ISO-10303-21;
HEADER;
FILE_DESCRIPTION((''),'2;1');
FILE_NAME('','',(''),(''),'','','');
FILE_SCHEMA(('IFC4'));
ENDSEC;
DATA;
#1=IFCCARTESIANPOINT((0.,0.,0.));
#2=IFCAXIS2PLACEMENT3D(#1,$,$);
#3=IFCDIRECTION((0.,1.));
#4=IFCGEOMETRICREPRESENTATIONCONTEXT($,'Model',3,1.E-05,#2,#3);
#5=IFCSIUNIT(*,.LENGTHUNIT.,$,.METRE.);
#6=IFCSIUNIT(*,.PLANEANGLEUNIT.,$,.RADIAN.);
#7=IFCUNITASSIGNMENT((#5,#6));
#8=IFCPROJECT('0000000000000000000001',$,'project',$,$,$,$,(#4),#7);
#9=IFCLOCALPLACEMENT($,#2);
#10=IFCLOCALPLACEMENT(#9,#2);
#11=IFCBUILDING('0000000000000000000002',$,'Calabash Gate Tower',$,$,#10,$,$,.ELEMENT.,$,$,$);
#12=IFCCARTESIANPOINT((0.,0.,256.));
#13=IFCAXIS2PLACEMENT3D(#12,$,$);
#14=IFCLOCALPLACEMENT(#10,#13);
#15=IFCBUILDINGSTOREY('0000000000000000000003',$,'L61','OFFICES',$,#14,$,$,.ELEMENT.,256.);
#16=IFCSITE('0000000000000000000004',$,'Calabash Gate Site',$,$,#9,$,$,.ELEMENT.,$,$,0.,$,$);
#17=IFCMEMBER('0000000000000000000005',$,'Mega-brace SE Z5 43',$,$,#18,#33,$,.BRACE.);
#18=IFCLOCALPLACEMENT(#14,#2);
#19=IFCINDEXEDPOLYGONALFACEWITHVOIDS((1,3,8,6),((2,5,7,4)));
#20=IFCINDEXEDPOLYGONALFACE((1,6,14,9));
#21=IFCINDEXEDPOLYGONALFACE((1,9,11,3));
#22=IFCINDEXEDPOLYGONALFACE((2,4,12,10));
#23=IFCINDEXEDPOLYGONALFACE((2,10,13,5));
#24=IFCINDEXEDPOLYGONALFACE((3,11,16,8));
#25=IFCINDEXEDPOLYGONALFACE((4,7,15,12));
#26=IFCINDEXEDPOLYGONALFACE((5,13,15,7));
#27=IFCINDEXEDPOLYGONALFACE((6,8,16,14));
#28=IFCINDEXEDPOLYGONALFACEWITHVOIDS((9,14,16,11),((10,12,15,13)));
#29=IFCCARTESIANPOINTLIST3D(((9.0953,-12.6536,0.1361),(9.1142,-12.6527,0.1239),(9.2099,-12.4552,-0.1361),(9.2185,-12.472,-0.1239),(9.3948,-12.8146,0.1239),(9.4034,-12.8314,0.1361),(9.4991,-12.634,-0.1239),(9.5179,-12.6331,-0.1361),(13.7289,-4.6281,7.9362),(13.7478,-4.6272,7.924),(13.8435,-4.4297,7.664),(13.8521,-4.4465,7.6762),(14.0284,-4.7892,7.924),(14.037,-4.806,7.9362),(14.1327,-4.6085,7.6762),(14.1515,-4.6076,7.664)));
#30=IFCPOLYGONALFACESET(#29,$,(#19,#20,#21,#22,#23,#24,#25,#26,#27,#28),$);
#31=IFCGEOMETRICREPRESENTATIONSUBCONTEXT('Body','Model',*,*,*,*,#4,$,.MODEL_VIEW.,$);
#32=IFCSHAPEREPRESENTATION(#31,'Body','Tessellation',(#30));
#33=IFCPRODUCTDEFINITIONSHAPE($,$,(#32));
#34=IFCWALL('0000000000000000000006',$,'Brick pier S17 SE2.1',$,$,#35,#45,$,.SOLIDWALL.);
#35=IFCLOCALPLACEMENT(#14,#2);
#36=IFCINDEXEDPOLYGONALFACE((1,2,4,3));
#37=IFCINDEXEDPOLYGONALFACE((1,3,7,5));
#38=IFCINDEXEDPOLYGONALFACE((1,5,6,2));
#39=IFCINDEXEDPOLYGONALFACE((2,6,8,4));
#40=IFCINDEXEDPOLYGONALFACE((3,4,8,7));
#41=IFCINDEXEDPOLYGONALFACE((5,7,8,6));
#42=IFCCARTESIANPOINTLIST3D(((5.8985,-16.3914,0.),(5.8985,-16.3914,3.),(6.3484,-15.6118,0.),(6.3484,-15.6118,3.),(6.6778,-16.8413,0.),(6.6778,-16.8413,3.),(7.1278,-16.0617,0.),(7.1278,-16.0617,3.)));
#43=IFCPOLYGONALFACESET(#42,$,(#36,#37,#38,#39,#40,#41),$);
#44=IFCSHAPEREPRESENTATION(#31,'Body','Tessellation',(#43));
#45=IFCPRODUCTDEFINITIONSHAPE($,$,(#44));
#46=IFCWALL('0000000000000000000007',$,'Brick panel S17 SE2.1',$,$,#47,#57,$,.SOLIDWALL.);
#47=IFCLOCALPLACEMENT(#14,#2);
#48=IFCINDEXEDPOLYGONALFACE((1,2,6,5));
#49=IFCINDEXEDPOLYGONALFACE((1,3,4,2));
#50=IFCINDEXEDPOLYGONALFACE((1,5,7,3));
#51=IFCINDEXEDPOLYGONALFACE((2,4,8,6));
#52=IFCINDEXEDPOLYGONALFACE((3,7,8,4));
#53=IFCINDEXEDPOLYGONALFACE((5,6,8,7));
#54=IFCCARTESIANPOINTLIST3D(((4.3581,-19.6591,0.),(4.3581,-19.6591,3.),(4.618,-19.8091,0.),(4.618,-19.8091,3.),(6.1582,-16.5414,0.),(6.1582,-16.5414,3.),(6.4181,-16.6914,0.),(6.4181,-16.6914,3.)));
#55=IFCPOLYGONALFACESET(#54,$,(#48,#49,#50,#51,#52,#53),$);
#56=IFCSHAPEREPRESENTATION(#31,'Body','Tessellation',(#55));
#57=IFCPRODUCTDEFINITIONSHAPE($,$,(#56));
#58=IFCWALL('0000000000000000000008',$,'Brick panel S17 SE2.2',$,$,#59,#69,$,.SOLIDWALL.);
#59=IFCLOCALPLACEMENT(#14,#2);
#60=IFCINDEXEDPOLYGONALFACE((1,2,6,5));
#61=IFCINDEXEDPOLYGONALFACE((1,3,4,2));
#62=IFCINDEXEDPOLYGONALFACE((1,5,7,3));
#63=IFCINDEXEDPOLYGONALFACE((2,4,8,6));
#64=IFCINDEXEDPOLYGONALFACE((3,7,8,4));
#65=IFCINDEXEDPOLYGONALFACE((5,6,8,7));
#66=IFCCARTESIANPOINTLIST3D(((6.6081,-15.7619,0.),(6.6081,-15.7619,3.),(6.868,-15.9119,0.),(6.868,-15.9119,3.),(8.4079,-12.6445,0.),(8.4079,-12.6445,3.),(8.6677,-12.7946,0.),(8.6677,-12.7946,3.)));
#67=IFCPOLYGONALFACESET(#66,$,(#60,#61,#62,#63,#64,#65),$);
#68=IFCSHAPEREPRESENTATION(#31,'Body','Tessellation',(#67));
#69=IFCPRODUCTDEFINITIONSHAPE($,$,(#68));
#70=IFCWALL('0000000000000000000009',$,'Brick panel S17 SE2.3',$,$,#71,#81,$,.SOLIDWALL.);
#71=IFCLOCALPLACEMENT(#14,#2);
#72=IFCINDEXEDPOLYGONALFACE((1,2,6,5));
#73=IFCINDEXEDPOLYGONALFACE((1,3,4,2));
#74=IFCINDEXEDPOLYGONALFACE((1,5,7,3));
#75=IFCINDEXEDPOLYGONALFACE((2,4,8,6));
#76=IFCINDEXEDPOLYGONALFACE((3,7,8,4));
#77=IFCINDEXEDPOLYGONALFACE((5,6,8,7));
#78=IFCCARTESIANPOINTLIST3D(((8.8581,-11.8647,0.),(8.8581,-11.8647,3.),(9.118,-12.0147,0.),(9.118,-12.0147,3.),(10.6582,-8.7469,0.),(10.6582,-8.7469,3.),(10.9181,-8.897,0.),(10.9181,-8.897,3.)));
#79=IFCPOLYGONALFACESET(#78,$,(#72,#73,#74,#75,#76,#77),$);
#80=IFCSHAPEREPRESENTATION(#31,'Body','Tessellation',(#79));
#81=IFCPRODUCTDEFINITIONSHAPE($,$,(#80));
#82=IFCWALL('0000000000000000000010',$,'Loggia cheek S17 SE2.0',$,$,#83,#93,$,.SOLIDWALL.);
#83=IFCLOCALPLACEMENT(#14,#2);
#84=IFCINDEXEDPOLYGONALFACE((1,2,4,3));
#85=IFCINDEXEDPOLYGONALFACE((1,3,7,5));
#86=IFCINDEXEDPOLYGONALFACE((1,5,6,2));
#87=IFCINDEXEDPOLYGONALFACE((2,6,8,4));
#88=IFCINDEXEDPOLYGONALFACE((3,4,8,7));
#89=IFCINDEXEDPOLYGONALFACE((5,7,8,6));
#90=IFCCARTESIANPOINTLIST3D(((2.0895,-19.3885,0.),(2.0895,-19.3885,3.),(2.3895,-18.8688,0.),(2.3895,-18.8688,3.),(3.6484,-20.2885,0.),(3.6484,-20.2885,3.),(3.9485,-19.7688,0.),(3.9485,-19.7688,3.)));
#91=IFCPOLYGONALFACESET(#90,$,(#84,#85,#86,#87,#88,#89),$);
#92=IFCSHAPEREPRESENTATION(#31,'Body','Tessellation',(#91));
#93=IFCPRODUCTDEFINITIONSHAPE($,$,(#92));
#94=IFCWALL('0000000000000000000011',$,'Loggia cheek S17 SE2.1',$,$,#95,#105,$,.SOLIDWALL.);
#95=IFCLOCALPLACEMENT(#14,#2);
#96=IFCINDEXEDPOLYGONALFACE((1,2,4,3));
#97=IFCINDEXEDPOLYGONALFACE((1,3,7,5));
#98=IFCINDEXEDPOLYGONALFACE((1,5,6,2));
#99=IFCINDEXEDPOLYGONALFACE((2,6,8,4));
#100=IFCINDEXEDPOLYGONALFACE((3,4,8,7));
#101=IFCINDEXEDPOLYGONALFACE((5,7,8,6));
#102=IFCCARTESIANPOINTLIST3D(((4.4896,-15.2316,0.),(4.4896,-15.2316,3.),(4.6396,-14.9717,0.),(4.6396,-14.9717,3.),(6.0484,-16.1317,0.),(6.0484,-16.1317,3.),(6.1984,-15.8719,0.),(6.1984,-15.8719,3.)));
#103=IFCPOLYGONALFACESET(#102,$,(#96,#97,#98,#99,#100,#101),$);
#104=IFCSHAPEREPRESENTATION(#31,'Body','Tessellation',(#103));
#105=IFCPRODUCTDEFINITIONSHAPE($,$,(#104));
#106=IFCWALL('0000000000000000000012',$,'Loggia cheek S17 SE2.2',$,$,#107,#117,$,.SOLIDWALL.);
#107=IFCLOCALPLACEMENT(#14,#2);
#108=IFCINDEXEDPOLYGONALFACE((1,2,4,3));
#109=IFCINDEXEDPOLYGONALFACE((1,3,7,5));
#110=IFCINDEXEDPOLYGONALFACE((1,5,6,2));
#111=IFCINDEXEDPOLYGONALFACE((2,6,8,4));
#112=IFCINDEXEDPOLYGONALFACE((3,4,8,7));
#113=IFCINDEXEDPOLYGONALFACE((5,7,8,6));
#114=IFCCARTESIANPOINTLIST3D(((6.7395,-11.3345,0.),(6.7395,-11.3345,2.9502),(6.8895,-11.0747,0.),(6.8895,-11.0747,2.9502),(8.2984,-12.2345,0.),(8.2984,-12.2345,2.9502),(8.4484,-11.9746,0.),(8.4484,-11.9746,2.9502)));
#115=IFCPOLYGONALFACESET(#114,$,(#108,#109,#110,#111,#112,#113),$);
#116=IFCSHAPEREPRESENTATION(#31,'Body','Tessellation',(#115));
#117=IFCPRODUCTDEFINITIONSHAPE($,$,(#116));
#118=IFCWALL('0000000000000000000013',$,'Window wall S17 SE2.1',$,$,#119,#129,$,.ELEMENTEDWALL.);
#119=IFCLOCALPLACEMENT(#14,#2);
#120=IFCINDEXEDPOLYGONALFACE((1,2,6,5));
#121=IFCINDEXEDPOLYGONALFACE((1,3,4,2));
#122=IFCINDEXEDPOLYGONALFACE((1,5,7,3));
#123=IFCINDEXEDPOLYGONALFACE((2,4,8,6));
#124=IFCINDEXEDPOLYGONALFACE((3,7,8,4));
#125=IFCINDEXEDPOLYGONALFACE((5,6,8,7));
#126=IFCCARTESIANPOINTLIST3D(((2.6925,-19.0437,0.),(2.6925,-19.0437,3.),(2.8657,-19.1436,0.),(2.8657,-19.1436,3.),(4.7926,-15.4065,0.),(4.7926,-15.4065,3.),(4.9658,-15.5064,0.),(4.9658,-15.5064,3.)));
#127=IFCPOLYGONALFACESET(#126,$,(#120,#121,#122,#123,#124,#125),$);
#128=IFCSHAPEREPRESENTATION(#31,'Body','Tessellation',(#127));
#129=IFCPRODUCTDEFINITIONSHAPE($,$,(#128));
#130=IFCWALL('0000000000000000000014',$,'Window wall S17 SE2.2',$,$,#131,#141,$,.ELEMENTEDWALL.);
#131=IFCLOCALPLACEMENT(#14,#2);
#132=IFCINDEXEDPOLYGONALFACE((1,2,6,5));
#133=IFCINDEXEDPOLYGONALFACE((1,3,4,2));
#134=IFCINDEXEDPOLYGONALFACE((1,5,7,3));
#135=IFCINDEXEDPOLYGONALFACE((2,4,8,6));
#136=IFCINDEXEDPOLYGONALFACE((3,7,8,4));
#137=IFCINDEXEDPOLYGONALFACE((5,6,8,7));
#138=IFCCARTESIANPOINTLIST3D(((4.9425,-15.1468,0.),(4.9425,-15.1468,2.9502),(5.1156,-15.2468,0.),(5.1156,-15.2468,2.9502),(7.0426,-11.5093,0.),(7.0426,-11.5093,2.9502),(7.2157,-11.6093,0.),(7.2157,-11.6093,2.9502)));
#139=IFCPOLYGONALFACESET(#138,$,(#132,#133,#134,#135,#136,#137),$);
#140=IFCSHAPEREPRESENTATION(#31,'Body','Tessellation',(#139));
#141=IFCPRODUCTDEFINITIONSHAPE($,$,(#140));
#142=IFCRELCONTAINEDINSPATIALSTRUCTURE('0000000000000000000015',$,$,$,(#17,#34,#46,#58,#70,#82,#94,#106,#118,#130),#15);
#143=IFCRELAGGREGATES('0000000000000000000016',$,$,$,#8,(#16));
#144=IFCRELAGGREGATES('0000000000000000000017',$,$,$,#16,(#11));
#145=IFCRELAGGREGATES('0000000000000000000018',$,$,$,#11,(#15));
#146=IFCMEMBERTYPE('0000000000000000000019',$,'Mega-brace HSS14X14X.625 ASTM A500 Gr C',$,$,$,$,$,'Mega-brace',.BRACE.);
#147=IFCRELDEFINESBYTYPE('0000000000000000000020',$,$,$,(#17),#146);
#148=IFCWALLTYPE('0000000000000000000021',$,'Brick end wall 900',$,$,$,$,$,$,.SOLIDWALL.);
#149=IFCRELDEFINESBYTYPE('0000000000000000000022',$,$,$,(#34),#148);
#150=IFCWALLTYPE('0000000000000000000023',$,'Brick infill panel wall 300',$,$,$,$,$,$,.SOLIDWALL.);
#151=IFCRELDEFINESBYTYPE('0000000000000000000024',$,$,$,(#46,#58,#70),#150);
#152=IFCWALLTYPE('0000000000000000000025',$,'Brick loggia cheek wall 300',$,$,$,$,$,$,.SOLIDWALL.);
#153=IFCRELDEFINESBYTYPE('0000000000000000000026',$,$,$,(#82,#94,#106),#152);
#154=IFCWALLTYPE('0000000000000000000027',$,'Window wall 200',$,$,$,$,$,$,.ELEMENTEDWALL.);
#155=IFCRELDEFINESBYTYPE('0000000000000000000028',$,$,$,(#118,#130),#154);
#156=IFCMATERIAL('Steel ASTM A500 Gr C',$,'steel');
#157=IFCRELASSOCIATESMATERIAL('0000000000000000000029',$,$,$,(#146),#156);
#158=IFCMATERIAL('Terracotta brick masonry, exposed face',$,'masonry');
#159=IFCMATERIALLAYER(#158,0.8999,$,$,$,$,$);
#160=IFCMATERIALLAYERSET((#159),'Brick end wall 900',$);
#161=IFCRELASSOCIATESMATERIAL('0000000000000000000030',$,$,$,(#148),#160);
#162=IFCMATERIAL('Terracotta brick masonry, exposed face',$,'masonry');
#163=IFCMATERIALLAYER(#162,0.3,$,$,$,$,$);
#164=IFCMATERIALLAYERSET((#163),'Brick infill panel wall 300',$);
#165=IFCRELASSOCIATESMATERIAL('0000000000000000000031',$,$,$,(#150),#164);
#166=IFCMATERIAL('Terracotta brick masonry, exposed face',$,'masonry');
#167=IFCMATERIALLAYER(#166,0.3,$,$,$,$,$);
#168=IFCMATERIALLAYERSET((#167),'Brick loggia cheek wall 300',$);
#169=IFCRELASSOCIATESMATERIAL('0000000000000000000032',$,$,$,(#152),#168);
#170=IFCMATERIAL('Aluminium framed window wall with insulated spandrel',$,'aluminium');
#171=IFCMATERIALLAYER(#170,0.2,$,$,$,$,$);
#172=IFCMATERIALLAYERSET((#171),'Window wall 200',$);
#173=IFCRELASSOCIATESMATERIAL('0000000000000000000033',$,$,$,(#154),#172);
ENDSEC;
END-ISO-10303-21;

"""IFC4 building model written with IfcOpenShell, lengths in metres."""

from ifc_helpers import new_model, si_unit, direction, frame, frame_2d, origin, origin_2d, place, context, subcontext, project, spatial, rectangle, hollow_rectangle, extrude, material, layer, layer_set, material_profile, profile_set, type_object, element, save


model = new_model("IFC4")

# Units and contexts
model_context = context("Model", 3, precision=1e-05, world=origin(), true_north=direction((0.0, 1.0)))
body_context = subcontext(model_context, "Body", "Model", "MODEL_VIEW")
ifc_project = project(units=[si_unit("LENGTHUNIT", "METRE"), si_unit("PLANEANGLEUNIT", "RADIAN")], contexts=[model_context])

# Site, building, storey
site_placement = place(None, origin())
site = spatial("IfcSite", under=ifc_project, at=site_placement, Name="Calabash Gate Site", CompositionType="ELEMENT", RefElevation=0.0)
building_placement = place(site_placement, origin())
building = spatial("IfcBuilding", under=site, at=building_placement, Name="Calabash Gate Tower", CompositionType="ELEMENT")
storey_placement = place(building_placement, frame((0.0, 0.0, 256.0)))
storey = spatial("IfcBuildingStorey", under=building, at=storey_placement, Name="L61", Description="OFFICES", CompositionType="ELEMENT", Elevation=256.0)

# Member
ifc_material_1 = material(Name="Steel ASTM A500 Gr C", Category="steel")
ifc_material_profile_1 = material_profile(ifc_material_1, hollow_rectangle(XDim=0.3557, YDim=0.3557, WallThickness=0.0159, at=origin_2d()))
ifc_profile_set_1 = profile_set([ifc_material_profile_1], Name="Steel ASTM A500 Gr C")
member_type = type_object("IfcMemberType", Name="Mega-brace HSS14X14X.625 ASTM A500 Gr C", ElementType="Mega-brace", PredefinedType="BRACE", material=ifc_profile_set_1)
member_placement = place(storey_placement, frame((9.3066, -12.6433, 0.0), z_axis=(0.382536, 0.66256, 0.643956), x_axis=(-0.866022, 0.500007, 0.0)))
element("IfcMember", 1, at=member_placement, inside=storey, type_object=member_type, Name="Mega-brace SE Z5 43", PredefinedType="BRACE", context=body_context, shape_type="SweptSolid", body=[
    extrude(hollow_rectangle(XDim=0.3557, YDim=0.3557, WallThickness=0.0159, at=origin_2d()), origin(), (0.0, 0.0, 1.0), 12.1128),
])

# Walls
ifc_material_2 = material(Name="Terracotta brick masonry, exposed face", Category="masonry")
ifc_layer_1 = layer(ifc_material_2, 0.8999)
ifc_layer_set_1 = layer_set([ifc_layer_1], Name="Brick end wall 900")
wall_type_1 = type_object("IfcWallType", Name="Brick end wall 900", PredefinedType="SOLIDWALL", material=ifc_layer_set_1)
wall_1_placement = place(storey_placement, frame((6.2881, -16.6165, 0.0), z_axis=(0.0, 0.0, 1.0), x_axis=(0.499902, 0.866082, 0.0)))
element("IfcWall", 2, at=wall_1_placement, inside=storey, type_object=wall_type_1, Name="Brick pier S17 SE2.1", PredefinedType="SOLIDWALL", context=body_context, shape_type="SweptSolid", body=[
    extrude(rectangle(XDim=0.9001, YDim=0.8999, at=frame_2d((0.4502, 0.0))), origin(), (0.0, 0.0, 1.0), 3.0),
])
ifc_material_3 = material(Name="Terracotta brick masonry, exposed face", Category="masonry")
ifc_layer_2 = layer(ifc_material_3, 0.3)
ifc_layer_set_2 = layer_set([ifc_layer_2], Name="Brick infill panel wall 300")
wall_type_2 = type_object("IfcWallType", Name="Brick infill panel wall 300", PredefinedType="SOLIDWALL", material=ifc_layer_set_2)
wall_2_placement = place(storey_placement, frame((4.488, -19.7341, 0.0), z_axis=(0.0, 0.0, 1.0), x_axis=(0.500012, 0.866018, 0.0)))
element("IfcWall", 3, at=wall_2_placement, inside=storey, type_object=wall_type_2, Name="Brick panel S17 SE2.1", PredefinedType="SOLIDWALL", context=body_context, shape_type="SweptSolid", body=[
    extrude(rectangle(XDim=3.6001, YDim=0.3, at=frame_2d((1.8, 0.0))), origin(), (0.0, 0.0, 1.0), 3.0),
])
wall_3_placement = place(storey_placement, frame((6.738, -15.8369, 0.0), z_axis=(0.0, 0.0, 1.0), x_axis=(0.499991, 0.866031, 0.0)))
element("IfcWall", 4, at=wall_3_placement, inside=storey, type_object=wall_type_2, Name="Brick panel S17 SE2.2", PredefinedType="SOLIDWALL", context=body_context, shape_type="SweptSolid", body=[
    extrude(rectangle(XDim=3.5996, YDim=0.3, at=frame_2d((1.7998, 0.0))), origin(), (0.0, 0.0, 1.0), 3.0),
])
wall_4_placement = place(storey_placement, frame((8.988, -11.9397, 0.0), z_axis=(0.0, 0.0, 1.0), x_axis=(0.500012, 0.866018, 0.0)))
element("IfcWall", 5, at=wall_4_placement, inside=storey, type_object=wall_type_2, Name="Brick panel S17 SE2.3", PredefinedType="SOLIDWALL", context=body_context, shape_type="SweptSolid", body=[
    extrude(rectangle(XDim=3.6001, YDim=0.3, at=frame_2d((1.8, 0.0))), origin(), (0.0, 0.0, 1.0), 3.0),
])
ifc_material_4 = material(Name="Terracotta brick masonry, exposed face", Category="masonry")
ifc_layer_3 = layer(ifc_material_4, 0.3)
ifc_layer_set_3 = layer_set([ifc_layer_3], Name="Brick loggia cheek wall 300")
wall_type_3 = type_object("IfcWallType", Name="Brick loggia cheek wall 300", PredefinedType="SOLIDWALL", material=ifc_layer_set_3)
wall_5_placement = place(storey_placement, frame((3.7983, -20.0286, 0.0), z_axis=(0.0, 0.0, 1.0), x_axis=(-0.866048, 0.499961, 0.0)))
element("IfcWall", 6, at=wall_5_placement, inside=storey, type_object=wall_type_3, Name="Loggia cheek S17 SE2.0", PredefinedType="SOLIDWALL", context=body_context, shape_type="SweptSolid", body=[
    extrude(rectangle(XDim=1.8, YDim=0.6001, at=frame_2d((0.8999, 0.0))), origin(), (0.0, 0.0, 1.0), 3.0),
])
wall_6_placement = place(storey_placement, frame((6.1233, -16.0017, 0.0), z_axis=(0.0, 0.0, 1.0), x_axis=(-0.865989, 0.500063, 0.0)))
element("IfcWall", 7, at=wall_6_placement, inside=storey, type_object=wall_type_3, Name="Loggia cheek S17 SE2.1", PredefinedType="SOLIDWALL", context=body_context, shape_type="SweptSolid", body=[
    extrude(rectangle(XDim=1.8, YDim=0.3, at=frame_2d((0.8999, 0.0))), origin(), (0.0, 0.0, 1.0), 3.0),
])
wall_7_placement = place(storey_placement, frame((8.3733, -12.1045, 0.0), z_axis=(0.0, 0.0, 1.0), x_axis=(-0.866048, 0.499961, 0.0)))
element("IfcWall", 8, at=wall_7_placement, inside=storey, type_object=wall_type_3, Name="Loggia cheek S17 SE2.2", PredefinedType="SOLIDWALL", context=body_context, shape_type="SweptSolid", body=[
    extrude(rectangle(XDim=1.8, YDim=0.3, at=frame_2d((0.8999, 0.0))), origin(), (0.0, 0.0, 1.0), 2.9502),
])
ifc_material_5 = material(Name="Aluminium framed window wall with insulated spandrel", Category="aluminium")
ifc_layer_4 = layer(ifc_material_5, 0.2)
ifc_layer_set_4 = layer_set([ifc_layer_4], Name="Window wall 200")
wall_type_4 = type_object("IfcWallType", Name="Window wall 200", PredefinedType="ELEMENTEDWALL", material=ifc_layer_set_4)
wall_8_placement = place(storey_placement, frame((2.7791, -19.0938, 0.0), z_axis=(0.0, 0.0, 1.0), x_axis=(0.500028, 0.866009, 0.0)))
element("IfcWall", 9, at=wall_8_placement, inside=storey, type_object=wall_type_4, Name="Window wall S17 SE2.1", PredefinedType="ELEMENTEDWALL", context=body_context, shape_type="SweptSolid", body=[
    extrude(rectangle(XDim=4.2, YDim=0.2, at=frame_2d((2.1001, 0.0))), origin(), (0.0, 0.0, 1.0), 3.0),
])
wall_9_placement = place(storey_placement, frame((5.0291, -15.1968, 0.0), z_axis=(0.0, 0.0, 1.0), x_axis=(0.500003, 0.866024, 0.0)))
element("IfcWall", 10, at=wall_9_placement, inside=storey, type_object=wall_type_4, Name="Window wall S17 SE2.2", PredefinedType="ELEMENTEDWALL", context=body_context, shape_type="SweptSolid", body=[
    extrude(rectangle(XDim=4.2002, YDim=0.2, at=frame_2d((2.1001, 0.0))), origin(), (0.0, 0.0, 1.0), 2.9502),
])

save(model, "model.ifc")
